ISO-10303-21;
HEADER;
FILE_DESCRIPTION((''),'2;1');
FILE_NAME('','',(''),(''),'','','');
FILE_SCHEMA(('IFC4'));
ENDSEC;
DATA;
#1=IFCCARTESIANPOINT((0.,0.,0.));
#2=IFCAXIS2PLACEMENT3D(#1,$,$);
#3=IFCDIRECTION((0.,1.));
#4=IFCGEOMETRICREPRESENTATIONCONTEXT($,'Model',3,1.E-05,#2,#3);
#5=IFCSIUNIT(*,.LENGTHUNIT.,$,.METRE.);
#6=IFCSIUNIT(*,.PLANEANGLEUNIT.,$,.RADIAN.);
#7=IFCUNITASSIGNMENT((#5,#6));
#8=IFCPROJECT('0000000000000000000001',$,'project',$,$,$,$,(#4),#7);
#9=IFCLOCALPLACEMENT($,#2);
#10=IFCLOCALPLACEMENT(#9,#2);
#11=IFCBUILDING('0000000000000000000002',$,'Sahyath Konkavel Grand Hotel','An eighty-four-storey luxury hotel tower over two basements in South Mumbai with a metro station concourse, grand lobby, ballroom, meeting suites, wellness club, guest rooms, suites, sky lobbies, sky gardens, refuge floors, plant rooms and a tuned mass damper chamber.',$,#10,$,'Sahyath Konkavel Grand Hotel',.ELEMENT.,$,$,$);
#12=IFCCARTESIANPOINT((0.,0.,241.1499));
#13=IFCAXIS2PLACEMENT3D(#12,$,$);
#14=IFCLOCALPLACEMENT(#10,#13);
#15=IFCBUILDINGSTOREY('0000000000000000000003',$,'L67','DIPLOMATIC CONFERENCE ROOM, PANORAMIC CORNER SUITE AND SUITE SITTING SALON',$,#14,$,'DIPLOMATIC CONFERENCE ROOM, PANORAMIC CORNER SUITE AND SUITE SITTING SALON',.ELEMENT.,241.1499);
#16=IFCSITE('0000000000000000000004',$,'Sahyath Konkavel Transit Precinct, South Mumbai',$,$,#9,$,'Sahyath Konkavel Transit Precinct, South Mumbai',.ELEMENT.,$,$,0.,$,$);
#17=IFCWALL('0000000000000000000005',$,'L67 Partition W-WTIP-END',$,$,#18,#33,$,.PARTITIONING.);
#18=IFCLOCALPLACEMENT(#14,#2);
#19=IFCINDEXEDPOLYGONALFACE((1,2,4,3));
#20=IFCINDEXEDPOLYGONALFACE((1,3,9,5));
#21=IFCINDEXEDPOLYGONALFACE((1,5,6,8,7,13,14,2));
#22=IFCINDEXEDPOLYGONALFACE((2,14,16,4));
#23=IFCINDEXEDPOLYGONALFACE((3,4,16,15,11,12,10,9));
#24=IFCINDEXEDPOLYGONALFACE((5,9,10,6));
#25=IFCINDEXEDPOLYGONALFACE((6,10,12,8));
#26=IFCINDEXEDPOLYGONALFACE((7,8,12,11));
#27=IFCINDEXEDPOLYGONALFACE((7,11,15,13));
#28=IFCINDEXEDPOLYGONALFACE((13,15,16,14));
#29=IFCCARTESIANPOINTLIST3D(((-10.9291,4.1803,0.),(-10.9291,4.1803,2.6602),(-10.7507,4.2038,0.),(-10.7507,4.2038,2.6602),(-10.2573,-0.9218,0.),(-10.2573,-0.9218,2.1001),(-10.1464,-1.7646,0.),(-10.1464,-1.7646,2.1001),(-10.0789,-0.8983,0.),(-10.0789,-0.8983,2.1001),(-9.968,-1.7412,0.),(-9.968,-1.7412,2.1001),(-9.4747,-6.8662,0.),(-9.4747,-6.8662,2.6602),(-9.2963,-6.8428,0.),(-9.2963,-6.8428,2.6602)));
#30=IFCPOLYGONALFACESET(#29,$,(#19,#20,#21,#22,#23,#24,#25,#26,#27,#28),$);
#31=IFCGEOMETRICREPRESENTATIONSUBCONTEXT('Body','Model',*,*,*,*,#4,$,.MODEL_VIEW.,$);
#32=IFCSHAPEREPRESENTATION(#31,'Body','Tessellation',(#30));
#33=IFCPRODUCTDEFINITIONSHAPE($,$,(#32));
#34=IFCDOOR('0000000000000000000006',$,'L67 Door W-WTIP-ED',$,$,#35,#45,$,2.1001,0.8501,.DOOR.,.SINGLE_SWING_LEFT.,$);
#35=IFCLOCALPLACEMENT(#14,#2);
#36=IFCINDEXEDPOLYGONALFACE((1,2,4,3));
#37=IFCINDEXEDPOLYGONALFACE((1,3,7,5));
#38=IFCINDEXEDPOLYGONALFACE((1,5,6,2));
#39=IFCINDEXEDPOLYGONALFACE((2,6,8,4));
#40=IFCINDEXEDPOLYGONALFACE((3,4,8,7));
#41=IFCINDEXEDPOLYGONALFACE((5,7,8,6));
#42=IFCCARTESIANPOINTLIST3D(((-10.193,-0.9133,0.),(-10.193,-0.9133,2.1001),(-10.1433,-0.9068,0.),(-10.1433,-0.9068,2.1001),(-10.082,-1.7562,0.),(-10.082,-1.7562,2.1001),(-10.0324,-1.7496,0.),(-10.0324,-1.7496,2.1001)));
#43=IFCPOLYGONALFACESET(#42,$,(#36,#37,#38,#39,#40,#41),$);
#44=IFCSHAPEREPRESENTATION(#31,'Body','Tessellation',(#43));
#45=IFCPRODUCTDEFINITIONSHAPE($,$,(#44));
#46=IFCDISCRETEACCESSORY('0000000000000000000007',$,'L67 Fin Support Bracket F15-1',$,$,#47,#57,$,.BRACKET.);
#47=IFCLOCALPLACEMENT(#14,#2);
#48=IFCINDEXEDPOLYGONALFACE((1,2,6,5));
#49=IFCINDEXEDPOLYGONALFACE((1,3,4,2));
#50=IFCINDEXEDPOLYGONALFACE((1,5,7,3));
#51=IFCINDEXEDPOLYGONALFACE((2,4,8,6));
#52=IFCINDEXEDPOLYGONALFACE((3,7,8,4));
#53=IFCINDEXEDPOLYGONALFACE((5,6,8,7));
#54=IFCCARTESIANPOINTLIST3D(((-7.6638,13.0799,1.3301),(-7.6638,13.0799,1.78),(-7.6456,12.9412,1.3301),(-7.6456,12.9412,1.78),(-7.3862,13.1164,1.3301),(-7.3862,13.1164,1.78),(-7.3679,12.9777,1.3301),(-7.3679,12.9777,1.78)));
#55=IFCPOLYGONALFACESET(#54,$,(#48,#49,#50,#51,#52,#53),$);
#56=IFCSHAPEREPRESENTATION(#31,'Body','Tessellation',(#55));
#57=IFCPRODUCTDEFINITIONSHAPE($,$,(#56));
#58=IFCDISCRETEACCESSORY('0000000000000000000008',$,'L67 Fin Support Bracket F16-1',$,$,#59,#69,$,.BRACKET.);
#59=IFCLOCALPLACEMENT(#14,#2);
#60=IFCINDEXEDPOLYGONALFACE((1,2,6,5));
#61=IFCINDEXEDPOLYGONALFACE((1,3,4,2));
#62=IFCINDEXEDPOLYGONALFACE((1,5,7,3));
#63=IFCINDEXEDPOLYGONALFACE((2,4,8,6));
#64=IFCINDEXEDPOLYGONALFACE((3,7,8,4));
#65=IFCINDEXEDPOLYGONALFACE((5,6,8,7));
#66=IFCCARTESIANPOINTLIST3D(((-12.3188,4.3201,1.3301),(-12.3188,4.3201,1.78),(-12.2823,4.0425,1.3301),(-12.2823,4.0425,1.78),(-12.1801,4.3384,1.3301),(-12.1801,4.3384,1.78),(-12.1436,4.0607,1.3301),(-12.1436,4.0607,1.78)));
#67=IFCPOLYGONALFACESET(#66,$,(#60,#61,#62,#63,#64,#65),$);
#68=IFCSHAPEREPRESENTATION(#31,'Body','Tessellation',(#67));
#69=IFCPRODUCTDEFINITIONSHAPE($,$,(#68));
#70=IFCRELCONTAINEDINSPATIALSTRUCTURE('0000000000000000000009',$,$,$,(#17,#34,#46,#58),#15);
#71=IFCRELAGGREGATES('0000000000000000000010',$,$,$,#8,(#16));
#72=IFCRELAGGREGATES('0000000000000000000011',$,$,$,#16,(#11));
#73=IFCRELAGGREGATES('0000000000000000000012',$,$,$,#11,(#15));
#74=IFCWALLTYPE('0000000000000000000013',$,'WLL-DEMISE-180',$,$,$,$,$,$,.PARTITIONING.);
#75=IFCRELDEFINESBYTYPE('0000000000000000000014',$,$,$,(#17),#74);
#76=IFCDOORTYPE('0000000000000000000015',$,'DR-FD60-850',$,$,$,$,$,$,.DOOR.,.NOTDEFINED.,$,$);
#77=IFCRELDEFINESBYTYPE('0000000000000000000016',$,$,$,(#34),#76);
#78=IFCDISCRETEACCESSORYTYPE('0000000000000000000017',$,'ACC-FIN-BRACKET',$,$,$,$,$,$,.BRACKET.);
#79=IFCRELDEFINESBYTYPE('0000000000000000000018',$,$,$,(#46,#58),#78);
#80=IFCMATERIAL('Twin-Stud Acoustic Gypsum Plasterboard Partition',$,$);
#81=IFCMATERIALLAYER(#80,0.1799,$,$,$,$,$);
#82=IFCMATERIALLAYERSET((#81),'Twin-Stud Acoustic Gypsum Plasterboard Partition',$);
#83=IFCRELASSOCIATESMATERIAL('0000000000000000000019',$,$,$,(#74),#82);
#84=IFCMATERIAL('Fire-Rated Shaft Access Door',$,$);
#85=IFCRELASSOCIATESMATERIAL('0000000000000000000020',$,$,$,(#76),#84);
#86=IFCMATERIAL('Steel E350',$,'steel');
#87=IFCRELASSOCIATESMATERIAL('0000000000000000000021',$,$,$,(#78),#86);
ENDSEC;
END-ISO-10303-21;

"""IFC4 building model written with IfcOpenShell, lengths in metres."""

from ifc_helpers import new_model, si_unit, direction, frame, frame_2d, origin, origin_2d, place, context, subcontext, project, spatial, rectangle, extrude, source, transform, mapped, material, layer, layer_set, type_object, element, fill, save


model = new_model("IFC4")

# Units and contexts
model_context = context("Model", 3, precision=1e-05, world=origin(), true_north=direction((0.0, 1.0)))
body_context = subcontext(model_context, "Body", "Model", "MODEL_VIEW")
ifc_project = project(units=[si_unit("LENGTHUNIT", "METRE"), si_unit("PLANEANGLEUNIT", "RADIAN")], contexts=[model_context])

# Site, building, storey
site_placement = place(None, origin())
site = spatial("IfcSite", under=ifc_project, at=site_placement, Name="Sahyath Konkavel Transit Precinct, South Mumbai", LongName="Sahyath Konkavel Transit Precinct, South Mumbai", CompositionType="ELEMENT", RefElevation=0.0)
building_placement = place(site_placement, origin())
building = spatial("IfcBuilding", under=site, at=building_placement, Name="Sahyath Konkavel Grand Hotel", Description="An eighty-four-storey luxury hotel tower over two basements in South Mumbai with a metro station concourse, grand lobby, ballroom, meeting suites, wellness club, guest rooms, suites, sky lobbies, sky gardens, refuge floors, plant rooms and a tuned mass damper chamber.", LongName="Sahyath Konkavel Grand Hotel", CompositionType="ELEMENT")
storey_placement = place(building_placement, frame((0.0, 0.0, 241.1499)))
storey = spatial("IfcBuildingStorey", under=building, at=storey_placement, Name="L67", Description="DIPLOMATIC CONFERENCE ROOM, PANORAMIC CORNER SUITE AND SUITE SITTING SALON", LongName="DIPLOMATIC CONFERENCE ROOM, PANORAMIC CORNER SUITE AND SUITE SITTING SALON", CompositionType="ELEMENT", Elevation=241.1499)

# Shared definitions
ifc_material_1 = material(Name="Steel E350", Category="steel")

# Shared definitions
ifc_material_2 = material(Name="Twin-Stud Acoustic Gypsum Plasterboard Partition")
ifc_layer_1 = layer(ifc_material_2, 0.1799)
ifc_layer_set_1 = layer_set([ifc_layer_1], Name="Twin-Stud Acoustic Gypsum Plasterboard Partition")
wall_type_1 = type_object("IfcWallType", Name="WLL-DEMISE-180", PredefinedType="PARTITIONING", material=ifc_layer_set_1)

# Wall, opening, door
wall_1_placement = place(storey_placement, frame((-10.8398, 4.1919, 0.0), z_axis=(0.0, 0.0, 1.0), x_axis=(0.130529, -0.991445, 0.0)))
wall_1 = element("IfcWall", 1, at=wall_1_placement, inside=storey, type_object=wall_type_1, Name="L67 Partition W-WTIP-END", PredefinedType="PARTITIONING", context=body_context, shape_type="SweptSolid", body=[
    extrude(rectangle(XDim=11.1418, YDim=0.1799, at=frame_2d((5.5708, 0.0))), origin(), (0.0, 0.0, 1.0), 2.6602),
])
opening_placement = place(wall_1_placement, frame((5.146, 0.0, 0.0)))
opening = element("IfcOpeningElement", 2, at=opening_placement, cuts=wall_1, PredefinedType="OPENING", context=body_context, shape_type="SweptSolid", body=[
    extrude(rectangle(XDim=0.8501, YDim=2.1001, at=frame_2d((0.425, 1.05))), frame((0.0, 0.1001, 0.0), z_axis=(0.0, -1.0, 0.0), x_axis=(1.0, 0.0, 0.0)), (0.0, 0.0, 1.0), 0.2),
])
ifc_material_3 = material(Name="Fire-Rated Shaft Access Door")
door_type = type_object("IfcDoorType", Name="DR-FD60-850", OperationType="NOTDEFINED", PredefinedType="DOOR", material=ifc_material_3)
shared_shape_1 = source(origin(), body_context, "Body", "SweptSolid", [
    extrude(rectangle(XDim=0.8501, YDim=0.05, at=origin_2d()), origin(), (0.0, 0.0, 1.0), 2.1001),
])
door_placement = place(opening_placement, frame((0.425, 0.0, 0.0)))
door = element("IfcDoor", 3, at=door_placement, inside=storey, type_object=door_type, Name="L67 Door W-WTIP-ED", OperationType="SINGLE_SWING_LEFT", OverallHeight=2.1001, OverallWidth=0.8501, PredefinedType="DOOR", context=body_context, shape_type="MappedRepresentation", body=[
    mapped(shared_shape_1, transform((0.0, 0.0, 0.0), scale=1.0)),
])
fill(opening, door)

# Discrete accessories
discrete_accessory_type = type_object("IfcDiscreteAccessoryType", Name="ACC-FIN-BRACKET", PredefinedType="BRACKET", material=ifc_material_1)
shared_shape_2 = source(origin(), body_context, "Body", "SweptSolid", [
    extrude(rectangle(XDim=0.28, YDim=0.1399, at=origin_2d()), origin(), (0.0, 0.0, 1.0), 0.45),
])
for number, where, z_axis, x_axis, name in (
    (4, (-7.5159, 13.0288, 1.3301), (0.0, 0.0, 1.0), (-0.991445, -0.130526, 0.0), "L67 Fin Support Bracket F15-1"),
    (5, (-12.2312, 4.1904, 1.3301), (0.0, 0.0, 1.0), (-0.130526, 0.991445, 0.0), "L67 Fin Support Bracket F16-1"),
):
    element("IfcDiscreteAccessory", number, at=place(storey_placement, frame(where, z_axis=z_axis, x_axis=x_axis)), inside=storey, type_object=discrete_accessory_type, Name=name, PredefinedType="BRACKET", context=body_context, shape_type="MappedRepresentation", body=[
        mapped(shared_shape_2, transform((0.0, 0.0, 0.0), scale=1.0)),
    ])

save(model, "model.ifc")
